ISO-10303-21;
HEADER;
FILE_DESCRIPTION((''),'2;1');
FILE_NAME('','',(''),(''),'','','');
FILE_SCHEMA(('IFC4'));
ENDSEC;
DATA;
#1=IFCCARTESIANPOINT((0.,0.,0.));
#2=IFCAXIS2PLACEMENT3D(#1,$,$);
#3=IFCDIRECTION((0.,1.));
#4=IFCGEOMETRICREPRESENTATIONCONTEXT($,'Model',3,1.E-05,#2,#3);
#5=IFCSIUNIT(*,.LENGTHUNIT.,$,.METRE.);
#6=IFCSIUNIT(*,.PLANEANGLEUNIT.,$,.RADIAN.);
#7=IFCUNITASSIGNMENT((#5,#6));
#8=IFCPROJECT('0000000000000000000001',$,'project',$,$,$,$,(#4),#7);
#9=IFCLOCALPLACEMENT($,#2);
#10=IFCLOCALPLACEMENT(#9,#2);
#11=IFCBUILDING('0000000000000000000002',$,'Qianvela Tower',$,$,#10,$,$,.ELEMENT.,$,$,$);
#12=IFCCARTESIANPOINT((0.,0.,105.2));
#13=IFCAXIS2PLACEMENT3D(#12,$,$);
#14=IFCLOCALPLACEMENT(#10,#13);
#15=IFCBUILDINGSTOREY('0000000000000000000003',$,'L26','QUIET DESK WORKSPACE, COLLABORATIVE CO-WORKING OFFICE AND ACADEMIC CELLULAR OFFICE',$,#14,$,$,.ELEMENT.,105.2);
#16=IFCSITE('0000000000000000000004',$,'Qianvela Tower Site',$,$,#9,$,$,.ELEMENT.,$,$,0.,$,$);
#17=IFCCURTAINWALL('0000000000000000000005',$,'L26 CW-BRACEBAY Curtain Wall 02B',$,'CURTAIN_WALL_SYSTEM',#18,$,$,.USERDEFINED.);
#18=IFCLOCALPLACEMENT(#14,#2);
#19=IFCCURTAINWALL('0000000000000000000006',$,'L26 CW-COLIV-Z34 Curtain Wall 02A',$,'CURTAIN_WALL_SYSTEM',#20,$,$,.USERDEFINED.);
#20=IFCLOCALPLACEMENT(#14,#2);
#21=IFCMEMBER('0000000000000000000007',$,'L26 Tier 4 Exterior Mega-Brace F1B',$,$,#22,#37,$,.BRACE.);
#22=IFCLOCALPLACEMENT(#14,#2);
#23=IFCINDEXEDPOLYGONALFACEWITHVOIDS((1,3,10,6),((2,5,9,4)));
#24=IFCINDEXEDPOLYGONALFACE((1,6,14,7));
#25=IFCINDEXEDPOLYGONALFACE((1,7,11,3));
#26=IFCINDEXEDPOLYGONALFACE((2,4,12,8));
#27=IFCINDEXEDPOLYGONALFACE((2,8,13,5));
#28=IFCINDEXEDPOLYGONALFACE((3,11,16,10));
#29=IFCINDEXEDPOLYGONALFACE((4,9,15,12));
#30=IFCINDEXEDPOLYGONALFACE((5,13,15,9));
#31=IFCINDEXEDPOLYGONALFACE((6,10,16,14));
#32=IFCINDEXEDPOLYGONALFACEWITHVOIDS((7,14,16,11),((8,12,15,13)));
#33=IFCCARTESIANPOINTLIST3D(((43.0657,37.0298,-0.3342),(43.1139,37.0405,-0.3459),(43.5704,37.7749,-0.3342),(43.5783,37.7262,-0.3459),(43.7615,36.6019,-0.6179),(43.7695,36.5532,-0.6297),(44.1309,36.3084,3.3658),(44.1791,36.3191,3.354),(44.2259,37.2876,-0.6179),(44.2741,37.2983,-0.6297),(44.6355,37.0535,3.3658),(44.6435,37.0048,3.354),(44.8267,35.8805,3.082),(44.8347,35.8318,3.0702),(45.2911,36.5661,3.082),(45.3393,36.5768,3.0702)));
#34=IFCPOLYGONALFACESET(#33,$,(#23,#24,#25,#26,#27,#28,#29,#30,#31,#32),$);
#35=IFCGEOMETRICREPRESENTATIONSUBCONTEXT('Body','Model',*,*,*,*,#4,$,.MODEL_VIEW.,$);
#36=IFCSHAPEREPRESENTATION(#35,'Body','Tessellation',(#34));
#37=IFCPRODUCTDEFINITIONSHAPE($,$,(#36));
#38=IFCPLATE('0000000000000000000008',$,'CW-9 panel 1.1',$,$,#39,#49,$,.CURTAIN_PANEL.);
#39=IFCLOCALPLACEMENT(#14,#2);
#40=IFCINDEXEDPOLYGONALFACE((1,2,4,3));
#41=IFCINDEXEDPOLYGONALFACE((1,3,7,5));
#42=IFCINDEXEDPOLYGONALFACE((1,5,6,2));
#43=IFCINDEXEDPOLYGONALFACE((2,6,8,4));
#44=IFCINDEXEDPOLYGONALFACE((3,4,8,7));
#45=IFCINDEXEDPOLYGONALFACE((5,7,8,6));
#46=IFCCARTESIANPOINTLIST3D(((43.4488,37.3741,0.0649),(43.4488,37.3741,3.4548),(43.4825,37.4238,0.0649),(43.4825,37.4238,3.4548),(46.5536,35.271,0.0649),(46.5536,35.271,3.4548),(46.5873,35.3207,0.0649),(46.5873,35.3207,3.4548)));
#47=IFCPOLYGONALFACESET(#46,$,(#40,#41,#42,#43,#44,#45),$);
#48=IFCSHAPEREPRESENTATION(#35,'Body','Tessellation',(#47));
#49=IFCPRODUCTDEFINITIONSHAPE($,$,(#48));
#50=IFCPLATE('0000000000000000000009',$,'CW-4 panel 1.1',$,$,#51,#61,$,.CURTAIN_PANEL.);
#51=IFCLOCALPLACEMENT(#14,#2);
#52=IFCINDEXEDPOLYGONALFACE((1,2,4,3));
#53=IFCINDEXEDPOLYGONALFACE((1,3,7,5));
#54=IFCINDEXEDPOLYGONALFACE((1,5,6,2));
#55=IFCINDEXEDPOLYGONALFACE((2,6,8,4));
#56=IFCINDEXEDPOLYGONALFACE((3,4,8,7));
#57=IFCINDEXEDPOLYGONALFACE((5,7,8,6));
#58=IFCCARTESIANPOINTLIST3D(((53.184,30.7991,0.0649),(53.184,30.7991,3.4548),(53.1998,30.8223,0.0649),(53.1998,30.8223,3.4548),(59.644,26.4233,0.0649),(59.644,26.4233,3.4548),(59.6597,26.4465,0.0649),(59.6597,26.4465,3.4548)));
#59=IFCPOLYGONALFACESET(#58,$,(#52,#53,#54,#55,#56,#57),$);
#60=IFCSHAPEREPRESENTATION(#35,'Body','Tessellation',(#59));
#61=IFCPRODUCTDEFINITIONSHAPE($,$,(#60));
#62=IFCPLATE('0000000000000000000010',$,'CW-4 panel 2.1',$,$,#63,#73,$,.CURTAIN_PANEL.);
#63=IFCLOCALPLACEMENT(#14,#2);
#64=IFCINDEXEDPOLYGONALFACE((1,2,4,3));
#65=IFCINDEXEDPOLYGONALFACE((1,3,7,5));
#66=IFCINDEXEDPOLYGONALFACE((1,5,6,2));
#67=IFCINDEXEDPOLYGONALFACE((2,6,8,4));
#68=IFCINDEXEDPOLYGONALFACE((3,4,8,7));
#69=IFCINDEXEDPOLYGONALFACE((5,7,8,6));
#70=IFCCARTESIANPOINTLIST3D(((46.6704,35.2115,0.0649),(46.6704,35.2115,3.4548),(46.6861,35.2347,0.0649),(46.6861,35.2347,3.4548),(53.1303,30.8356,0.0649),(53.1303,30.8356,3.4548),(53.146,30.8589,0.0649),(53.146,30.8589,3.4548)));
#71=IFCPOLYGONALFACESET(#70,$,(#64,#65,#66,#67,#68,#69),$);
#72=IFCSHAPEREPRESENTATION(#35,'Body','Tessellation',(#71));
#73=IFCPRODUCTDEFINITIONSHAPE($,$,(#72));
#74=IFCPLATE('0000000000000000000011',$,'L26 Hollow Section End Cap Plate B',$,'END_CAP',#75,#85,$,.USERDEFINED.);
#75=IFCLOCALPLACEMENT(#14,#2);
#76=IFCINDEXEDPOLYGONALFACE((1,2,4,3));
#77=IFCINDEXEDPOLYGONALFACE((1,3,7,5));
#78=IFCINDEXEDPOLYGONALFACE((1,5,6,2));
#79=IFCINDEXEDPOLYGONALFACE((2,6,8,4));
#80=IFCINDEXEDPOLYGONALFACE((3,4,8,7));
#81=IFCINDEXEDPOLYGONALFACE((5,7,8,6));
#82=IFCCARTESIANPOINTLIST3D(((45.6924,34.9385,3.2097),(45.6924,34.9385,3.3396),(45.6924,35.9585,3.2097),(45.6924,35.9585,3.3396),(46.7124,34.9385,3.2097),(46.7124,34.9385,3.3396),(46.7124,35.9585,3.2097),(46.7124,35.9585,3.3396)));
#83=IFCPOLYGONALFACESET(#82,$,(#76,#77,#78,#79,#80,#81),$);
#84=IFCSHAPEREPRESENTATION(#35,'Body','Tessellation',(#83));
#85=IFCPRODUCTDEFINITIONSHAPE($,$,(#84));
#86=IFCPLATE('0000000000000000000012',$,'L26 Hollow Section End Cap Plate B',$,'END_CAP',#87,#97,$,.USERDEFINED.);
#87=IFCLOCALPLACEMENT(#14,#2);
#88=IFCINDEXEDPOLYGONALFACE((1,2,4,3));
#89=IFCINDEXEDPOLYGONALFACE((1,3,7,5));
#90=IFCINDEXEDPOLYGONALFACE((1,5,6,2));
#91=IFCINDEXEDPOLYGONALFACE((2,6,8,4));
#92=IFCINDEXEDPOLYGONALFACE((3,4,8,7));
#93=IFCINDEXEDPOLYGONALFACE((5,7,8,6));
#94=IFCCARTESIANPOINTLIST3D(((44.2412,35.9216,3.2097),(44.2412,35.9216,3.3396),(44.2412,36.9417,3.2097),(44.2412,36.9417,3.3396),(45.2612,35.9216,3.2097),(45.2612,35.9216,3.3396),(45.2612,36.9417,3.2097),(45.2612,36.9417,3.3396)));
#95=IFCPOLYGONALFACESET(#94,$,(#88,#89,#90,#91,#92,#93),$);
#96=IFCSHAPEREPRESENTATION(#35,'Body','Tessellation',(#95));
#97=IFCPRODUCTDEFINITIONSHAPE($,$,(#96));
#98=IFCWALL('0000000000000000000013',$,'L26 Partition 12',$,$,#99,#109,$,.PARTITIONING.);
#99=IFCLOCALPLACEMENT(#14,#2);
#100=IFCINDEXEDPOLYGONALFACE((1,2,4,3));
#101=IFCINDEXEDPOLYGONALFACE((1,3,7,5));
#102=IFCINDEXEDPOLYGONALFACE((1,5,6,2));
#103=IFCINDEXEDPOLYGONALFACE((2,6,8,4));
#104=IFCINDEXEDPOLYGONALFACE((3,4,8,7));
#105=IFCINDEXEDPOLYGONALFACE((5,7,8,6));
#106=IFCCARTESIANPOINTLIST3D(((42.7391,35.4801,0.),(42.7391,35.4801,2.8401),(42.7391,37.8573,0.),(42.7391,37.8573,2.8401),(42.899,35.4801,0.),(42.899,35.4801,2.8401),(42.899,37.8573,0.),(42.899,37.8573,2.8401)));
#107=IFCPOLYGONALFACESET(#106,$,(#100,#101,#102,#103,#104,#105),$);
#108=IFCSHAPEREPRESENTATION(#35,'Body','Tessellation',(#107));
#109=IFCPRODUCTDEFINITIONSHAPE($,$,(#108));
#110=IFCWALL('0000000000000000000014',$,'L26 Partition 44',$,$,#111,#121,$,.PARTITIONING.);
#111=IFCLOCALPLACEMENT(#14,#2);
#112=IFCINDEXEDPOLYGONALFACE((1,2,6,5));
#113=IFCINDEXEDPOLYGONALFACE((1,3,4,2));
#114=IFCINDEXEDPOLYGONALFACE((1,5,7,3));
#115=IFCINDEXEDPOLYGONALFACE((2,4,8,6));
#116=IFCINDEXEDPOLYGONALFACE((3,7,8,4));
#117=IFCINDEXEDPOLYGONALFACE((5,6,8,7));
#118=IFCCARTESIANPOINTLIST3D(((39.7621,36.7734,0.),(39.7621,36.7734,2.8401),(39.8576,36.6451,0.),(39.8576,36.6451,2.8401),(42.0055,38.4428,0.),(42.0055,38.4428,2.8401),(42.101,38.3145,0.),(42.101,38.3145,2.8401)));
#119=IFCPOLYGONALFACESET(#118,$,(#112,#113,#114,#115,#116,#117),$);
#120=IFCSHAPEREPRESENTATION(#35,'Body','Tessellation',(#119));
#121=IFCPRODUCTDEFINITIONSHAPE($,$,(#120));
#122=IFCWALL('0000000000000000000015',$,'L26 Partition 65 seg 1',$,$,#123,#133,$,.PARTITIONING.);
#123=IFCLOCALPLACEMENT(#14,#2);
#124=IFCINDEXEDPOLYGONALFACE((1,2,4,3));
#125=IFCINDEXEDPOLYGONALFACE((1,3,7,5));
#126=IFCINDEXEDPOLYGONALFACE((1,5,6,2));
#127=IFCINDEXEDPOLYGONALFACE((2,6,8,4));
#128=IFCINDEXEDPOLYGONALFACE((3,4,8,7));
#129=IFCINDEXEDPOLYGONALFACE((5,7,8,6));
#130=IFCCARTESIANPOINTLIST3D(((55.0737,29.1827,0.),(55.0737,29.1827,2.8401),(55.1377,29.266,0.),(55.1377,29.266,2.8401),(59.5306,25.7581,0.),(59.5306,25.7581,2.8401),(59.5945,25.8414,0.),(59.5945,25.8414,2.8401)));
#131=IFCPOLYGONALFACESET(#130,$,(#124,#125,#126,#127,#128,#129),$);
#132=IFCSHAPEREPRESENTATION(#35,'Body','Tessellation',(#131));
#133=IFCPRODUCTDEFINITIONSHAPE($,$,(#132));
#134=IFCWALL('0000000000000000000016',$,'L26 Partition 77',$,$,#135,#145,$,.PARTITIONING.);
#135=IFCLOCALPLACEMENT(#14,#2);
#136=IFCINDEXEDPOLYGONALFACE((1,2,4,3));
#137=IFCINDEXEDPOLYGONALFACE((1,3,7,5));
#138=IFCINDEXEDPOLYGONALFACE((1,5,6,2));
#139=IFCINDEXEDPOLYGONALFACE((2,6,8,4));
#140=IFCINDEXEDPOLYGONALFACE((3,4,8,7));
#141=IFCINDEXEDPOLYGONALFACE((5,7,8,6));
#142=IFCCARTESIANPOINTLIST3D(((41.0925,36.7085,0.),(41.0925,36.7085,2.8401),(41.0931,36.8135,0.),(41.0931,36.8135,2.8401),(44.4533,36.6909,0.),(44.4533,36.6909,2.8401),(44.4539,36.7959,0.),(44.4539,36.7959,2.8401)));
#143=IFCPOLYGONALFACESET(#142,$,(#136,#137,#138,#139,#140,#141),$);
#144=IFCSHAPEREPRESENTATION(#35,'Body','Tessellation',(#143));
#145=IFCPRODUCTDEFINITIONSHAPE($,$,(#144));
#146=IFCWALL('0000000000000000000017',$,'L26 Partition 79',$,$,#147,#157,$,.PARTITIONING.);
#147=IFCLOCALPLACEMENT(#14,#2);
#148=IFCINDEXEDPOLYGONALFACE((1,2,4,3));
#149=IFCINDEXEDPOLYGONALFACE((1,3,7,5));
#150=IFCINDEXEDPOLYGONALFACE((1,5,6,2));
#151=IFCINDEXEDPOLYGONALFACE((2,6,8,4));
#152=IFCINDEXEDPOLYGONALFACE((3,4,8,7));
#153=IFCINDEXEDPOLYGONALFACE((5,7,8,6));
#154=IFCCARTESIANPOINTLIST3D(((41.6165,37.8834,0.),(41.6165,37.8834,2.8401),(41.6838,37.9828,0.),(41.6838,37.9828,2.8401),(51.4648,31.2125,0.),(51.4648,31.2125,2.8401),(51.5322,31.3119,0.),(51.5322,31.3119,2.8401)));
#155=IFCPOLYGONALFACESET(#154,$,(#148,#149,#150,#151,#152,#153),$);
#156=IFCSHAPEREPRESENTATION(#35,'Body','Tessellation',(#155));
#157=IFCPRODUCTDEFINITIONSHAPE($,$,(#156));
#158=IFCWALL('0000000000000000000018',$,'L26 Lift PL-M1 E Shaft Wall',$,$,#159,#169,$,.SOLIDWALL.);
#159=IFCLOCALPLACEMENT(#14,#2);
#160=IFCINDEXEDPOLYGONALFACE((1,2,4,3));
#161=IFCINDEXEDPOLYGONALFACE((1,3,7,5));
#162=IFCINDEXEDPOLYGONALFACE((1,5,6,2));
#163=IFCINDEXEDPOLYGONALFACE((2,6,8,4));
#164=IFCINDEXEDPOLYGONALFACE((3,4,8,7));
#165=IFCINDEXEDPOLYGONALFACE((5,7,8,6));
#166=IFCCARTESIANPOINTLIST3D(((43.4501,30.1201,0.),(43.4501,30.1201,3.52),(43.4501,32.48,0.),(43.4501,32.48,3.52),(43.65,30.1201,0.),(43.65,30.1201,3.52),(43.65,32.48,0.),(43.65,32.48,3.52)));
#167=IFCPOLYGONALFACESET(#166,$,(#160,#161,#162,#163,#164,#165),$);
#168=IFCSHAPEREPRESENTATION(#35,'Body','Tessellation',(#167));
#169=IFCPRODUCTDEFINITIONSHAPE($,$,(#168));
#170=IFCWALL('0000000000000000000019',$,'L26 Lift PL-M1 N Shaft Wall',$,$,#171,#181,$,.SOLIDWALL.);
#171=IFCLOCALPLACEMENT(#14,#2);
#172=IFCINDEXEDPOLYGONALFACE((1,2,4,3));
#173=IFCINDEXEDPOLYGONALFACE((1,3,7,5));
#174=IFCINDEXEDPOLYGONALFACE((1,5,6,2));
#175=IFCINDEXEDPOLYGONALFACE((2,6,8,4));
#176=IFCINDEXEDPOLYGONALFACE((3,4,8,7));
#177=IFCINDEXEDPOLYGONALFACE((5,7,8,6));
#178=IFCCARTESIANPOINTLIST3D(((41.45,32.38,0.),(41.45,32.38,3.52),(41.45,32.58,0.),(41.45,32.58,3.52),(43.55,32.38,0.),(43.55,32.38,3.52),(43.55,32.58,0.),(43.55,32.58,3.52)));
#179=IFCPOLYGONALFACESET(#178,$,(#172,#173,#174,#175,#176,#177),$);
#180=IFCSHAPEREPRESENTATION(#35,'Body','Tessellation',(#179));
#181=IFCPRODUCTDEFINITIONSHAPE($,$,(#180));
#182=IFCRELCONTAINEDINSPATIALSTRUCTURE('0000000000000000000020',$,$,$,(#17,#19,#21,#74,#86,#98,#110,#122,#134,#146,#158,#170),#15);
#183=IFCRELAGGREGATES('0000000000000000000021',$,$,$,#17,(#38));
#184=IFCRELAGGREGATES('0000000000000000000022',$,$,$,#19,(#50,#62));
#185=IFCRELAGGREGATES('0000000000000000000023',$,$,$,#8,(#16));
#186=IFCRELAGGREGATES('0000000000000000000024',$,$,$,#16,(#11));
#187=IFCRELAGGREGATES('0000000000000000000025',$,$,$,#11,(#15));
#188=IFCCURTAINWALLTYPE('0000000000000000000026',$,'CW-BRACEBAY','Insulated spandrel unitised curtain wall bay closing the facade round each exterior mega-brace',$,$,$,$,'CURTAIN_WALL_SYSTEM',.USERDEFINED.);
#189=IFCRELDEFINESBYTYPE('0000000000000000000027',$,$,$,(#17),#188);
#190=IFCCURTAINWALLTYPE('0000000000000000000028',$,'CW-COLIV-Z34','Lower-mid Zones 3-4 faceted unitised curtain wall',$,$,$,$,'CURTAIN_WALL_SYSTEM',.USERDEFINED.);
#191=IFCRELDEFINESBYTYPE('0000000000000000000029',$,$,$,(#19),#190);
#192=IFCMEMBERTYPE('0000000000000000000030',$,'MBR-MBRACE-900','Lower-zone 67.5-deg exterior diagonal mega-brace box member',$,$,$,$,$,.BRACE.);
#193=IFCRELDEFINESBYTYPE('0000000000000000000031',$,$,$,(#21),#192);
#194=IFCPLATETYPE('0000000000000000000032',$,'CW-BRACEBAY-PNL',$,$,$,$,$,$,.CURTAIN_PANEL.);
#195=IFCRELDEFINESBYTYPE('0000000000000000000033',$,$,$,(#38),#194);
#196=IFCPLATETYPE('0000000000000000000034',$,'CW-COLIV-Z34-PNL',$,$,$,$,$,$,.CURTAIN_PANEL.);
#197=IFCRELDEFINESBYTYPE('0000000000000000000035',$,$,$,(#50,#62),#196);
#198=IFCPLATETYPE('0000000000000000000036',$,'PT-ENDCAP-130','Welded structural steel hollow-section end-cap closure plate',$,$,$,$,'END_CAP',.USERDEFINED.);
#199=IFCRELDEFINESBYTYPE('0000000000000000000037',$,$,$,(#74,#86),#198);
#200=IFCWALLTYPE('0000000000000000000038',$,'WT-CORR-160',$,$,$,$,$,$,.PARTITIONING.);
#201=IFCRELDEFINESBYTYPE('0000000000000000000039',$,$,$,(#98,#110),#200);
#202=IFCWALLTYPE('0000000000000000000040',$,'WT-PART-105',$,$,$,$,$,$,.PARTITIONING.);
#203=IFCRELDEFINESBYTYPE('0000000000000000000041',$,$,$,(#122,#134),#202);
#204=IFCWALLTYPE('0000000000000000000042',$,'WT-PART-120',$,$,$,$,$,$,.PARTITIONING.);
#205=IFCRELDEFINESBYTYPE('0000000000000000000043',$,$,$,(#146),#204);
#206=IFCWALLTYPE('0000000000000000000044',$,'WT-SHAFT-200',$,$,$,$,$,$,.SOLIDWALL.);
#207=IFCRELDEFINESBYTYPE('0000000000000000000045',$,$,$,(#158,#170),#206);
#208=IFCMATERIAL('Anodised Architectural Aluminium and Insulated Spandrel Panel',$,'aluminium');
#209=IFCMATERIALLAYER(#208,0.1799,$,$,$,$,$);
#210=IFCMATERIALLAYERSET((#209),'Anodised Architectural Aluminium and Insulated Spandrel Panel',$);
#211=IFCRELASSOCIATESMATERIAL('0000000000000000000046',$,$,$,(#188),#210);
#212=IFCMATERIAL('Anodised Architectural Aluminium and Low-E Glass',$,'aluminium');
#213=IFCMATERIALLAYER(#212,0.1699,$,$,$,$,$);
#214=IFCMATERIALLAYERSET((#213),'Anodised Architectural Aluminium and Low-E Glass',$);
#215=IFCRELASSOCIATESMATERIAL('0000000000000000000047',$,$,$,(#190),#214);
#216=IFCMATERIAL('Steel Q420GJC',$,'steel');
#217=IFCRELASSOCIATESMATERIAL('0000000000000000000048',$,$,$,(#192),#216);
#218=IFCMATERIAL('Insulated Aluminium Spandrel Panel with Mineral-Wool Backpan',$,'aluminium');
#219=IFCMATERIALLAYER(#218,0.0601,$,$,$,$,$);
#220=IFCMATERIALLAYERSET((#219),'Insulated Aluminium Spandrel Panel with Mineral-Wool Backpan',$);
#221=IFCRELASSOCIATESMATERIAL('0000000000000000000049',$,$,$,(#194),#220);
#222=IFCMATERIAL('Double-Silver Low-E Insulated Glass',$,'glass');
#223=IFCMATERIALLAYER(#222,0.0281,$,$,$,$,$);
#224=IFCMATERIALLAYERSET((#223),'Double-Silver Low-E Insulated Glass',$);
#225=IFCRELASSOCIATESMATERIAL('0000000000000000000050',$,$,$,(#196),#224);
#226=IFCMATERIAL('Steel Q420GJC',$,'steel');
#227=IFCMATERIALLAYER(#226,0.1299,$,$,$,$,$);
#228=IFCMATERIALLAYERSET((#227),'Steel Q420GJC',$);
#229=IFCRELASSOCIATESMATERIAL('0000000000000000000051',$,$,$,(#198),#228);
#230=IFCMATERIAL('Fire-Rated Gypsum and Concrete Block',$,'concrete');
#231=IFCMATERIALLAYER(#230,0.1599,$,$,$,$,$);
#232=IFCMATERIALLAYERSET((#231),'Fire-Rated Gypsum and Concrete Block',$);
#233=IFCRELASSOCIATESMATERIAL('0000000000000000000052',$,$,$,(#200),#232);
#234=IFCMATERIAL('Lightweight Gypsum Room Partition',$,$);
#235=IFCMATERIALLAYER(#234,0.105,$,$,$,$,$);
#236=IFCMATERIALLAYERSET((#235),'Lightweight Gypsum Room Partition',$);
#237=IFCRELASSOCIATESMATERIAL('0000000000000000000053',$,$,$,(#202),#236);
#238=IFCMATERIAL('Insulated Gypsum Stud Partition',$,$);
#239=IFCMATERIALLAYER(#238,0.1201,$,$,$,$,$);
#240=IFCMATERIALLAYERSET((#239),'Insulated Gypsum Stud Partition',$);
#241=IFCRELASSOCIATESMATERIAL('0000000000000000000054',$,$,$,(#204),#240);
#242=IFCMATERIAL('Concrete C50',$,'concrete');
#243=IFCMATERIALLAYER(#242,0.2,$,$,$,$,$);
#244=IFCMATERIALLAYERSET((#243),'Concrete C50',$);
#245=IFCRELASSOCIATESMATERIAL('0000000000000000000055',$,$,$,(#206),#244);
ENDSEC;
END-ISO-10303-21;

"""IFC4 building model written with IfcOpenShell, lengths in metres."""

from ifc_helpers import new_model, si_unit, direction, frame, frame_2d, origin, origin_2d, place, context, subcontext, project, spatial, rectangle, hollow_rectangle, extrude, material, layer, layer_set, material_profile, profile_set, type_object, element, aggregate, save


model = new_model("IFC4")

# Units and contexts
model_context = context("Model", 3, precision=1e-05, world=origin(), true_north=direction((0.0, 1.0)))
body_context = subcontext(model_context, "Body", "Model", "MODEL_VIEW")
ifc_project = project(units=[si_unit("LENGTHUNIT", "METRE"), si_unit("PLANEANGLEUNIT", "RADIAN")], contexts=[model_context])

# Site, building, storey
site_placement = place(None, origin())
site = spatial("IfcSite", under=ifc_project, at=site_placement, Name="Qianvela Tower Site", CompositionType="ELEMENT", RefElevation=0.0)
building_placement = place(site_placement, origin())
building = spatial("IfcBuilding", under=site, at=building_placement, Name="Qianvela Tower", CompositionType="ELEMENT")
storey_placement = place(building_placement, frame((0.0, 0.0, 105.2)))
storey = spatial("IfcBuildingStorey", under=building, at=storey_placement, Name="L26", Description="QUIET DESK WORKSPACE, COLLABORATIVE CO-WORKING OFFICE AND ACADEMIC CELLULAR OFFICE", CompositionType="ELEMENT", Elevation=105.2)

# Curtain walls
ifc_material_1 = material(Name="Anodised Architectural Aluminium and Insulated Spandrel Panel", Category="aluminium")
ifc_layer_1 = layer(ifc_material_1, 0.1799)
ifc_layer_set_1 = layer_set([ifc_layer_1], Name="Anodised Architectural Aluminium and Insulated Spandrel Panel")
curtain_wall_type_1 = type_object("IfcCurtainWallType", Name="CW-BRACEBAY", Description="Insulated spandrel unitised curtain wall bay closing the facade round each exterior mega-brace", ElementType="CURTAIN_WALL_SYSTEM", PredefinedType="USERDEFINED", material=ifc_layer_set_1)
curtain_wall_1_placement = place(storey_placement, origin())
curtain_wall_1 = element("IfcCurtainWall", 1, at=curtain_wall_1_placement, inside=storey, type_object=curtain_wall_type_1, Name="L26 CW-BRACEBAY Curtain Wall 02B", ObjectType="CURTAIN_WALL_SYSTEM", PredefinedType="USERDEFINED")
ifc_material_2 = material(Name="Anodised Architectural Aluminium and Low-E Glass", Category="aluminium")
ifc_layer_2 = layer(ifc_material_2, 0.1699)
ifc_layer_set_2 = layer_set([ifc_layer_2], Name="Anodised Architectural Aluminium and Low-E Glass")
curtain_wall_type_2 = type_object("IfcCurtainWallType", Name="CW-COLIV-Z34", Description="Lower-mid Zones 3-4 faceted unitised curtain wall", ElementType="CURTAIN_WALL_SYSTEM", PredefinedType="USERDEFINED", material=ifc_layer_set_2)
curtain_wall_2_placement = place(storey_placement, origin())
curtain_wall_2 = element("IfcCurtainWall", 2, at=curtain_wall_2_placement, inside=storey, type_object=curtain_wall_type_2, Name="L26 CW-COLIV-Z34 Curtain Wall 02A", ObjectType="CURTAIN_WALL_SYSTEM", PredefinedType="USERDEFINED")

# Member
ifc_material_3 = material(Name="Steel Q420GJC", Category="steel")
ifc_material_profile_1 = material_profile(ifc_material_3, hollow_rectangle(XDim=0.8999, YDim=0.8999, WallThickness=0.0359, at=origin_2d()), Name="MBOX-900x900x36")
ifc_profile_set_1 = profile_set([ifc_material_profile_1], Name="Steel Q420GJC")
member_type_1 = type_object("IfcMemberType", Name="MBR-MBRACE-900", Description="Lower-zone 67.5-deg exterior diagonal mega-brace box member", PredefinedType="BRACE", material=ifc_profile_set_1)
for number, where, z_axis, x_axis, name in (
    (3, (43.6699, 37.1641, -0.4819), (0.271923, -0.18417, 0.944531), (0.560773, 0.82797, 0.0), "L26 Tier 4 Exterior Mega-Brace F1B"),
):
    element("IfcMember", number, at=place(storey_placement, frame(where, z_axis=z_axis, x_axis=x_axis)), inside=storey, type_object=member_type_1, Name=name, PredefinedType="BRACE", context=body_context, shape_type="SweptSolid", body=[
        extrude(hollow_rectangle(XDim=0.8999, YDim=0.8999, WallThickness=0.0359, at=origin_2d()), origin(), (0.0, 0.0, 1.0), 3.9172),
    ])

# Plates
ifc_material_4 = material(Name="Insulated Aluminium Spandrel Panel with Mineral-Wool Backpan", Category="aluminium")
ifc_layer_3 = layer(ifc_material_4, 0.0601)
ifc_layer_set_3 = layer_set([ifc_layer_3], Name="Insulated Aluminium Spandrel Panel with Mineral-Wool Backpan")
plate_type_1 = type_object("IfcPlateType", Name="CW-BRACEBAY-PNL", PredefinedType="CURTAIN_PANEL", material=ifc_layer_set_3)
plate_1_placement = place(storey_placement, frame((45.0181, 36.3474, 0.0649), z_axis=(0.0, 0.0, 1.0), x_axis=(-0.827936, 0.560823, 0.0)))
plate_1 = element("IfcPlate", 4, at=plate_1_placement, type_object=plate_type_1, Name="CW-9 panel 1.1", PredefinedType="CURTAIN_PANEL", context=body_context, shape_type="SweptSolid", body=[
    extrude(rectangle(XDim=3.75, YDim=0.0601, at=origin_2d()), origin(), (0.0, 0.0, 1.0), 3.3899),
])
aggregate(curtain_wall_1, [plate_1])
ifc_material_5 = material(Name="Double-Silver Low-E Insulated Glass", Category="glass")
ifc_layer_4 = layer(ifc_material_5, 0.0281)
ifc_layer_set_4 = layer_set([ifc_layer_4], Name="Double-Silver Low-E Insulated Glass")
plate_type_2 = type_object("IfcPlateType", Name="CW-COLIV-Z34-PNL", PredefinedType="CURTAIN_PANEL", material=ifc_layer_set_4)
plate_2_placement = place(storey_placement, frame((56.4219, 28.6228, 0.0649), z_axis=(0.0, 0.0, 1.0), x_axis=(-0.827933, 0.560827, 0.0)))
plate_2 = element("IfcPlate", 5, at=plate_2_placement, type_object=plate_type_2, Name="CW-4 panel 1.1", PredefinedType="CURTAIN_PANEL", context=body_context, shape_type="SweptSolid", body=[
    extrude(rectangle(XDim=7.8025, YDim=0.0281, at=origin_2d()), origin(), (0.0, 0.0, 1.0), 3.3899),
])
plate_3_placement = place(storey_placement, frame((49.9082, 33.0352, 0.0649), z_axis=(0.0, 0.0, 1.0), x_axis=(-0.827933, 0.560827, 0.0)))
plate_3 = element("IfcPlate", 6, at=plate_3_placement, type_object=plate_type_2, Name="CW-4 panel 2.1", PredefinedType="CURTAIN_PANEL", context=body_context, shape_type="SweptSolid", body=[
    extrude(rectangle(XDim=7.8025, YDim=0.0281, at=origin_2d()), origin(), (0.0, 0.0, 1.0), 3.3899),
])
aggregate(curtain_wall_2, [plate_2, plate_3])

# Plates
ifc_material_6 = material(Name="Steel Q420GJC", Category="steel")
ifc_layer_5 = layer(ifc_material_6, 0.1299)
ifc_layer_set_5 = layer_set([ifc_layer_5], Name="Steel Q420GJC")
plate_type_3 = type_object("IfcPlateType", Name="PT-ENDCAP-130", Description="Welded structural steel hollow-section end-cap closure plate", ElementType="END_CAP", PredefinedType="USERDEFINED", material=ifc_layer_set_5)
for number, where, z_axis, x_axis, name in (
    (7, (46.2024, 35.4485, 3.2097), (0.0, 0.0, 1.0), (1.0, 0.0, 0.0), "L26 Hollow Section End Cap Plate B"),
    (8, (44.7512, 36.4316, 3.2097), (0.0, 0.0, 1.0), (1.0, 0.0, 0.0), "L26 Hollow Section End Cap Plate B"),
):
    element("IfcPlate", number, at=place(storey_placement, frame(where, z_axis=z_axis, x_axis=x_axis)), inside=storey, type_object=plate_type_3, Name=name, ObjectType="END_CAP", PredefinedType="USERDEFINED", context=body_context, shape_type="SweptSolid", body=[
        extrude(rectangle(XDim=1.02, YDim=1.02, at=origin_2d()), origin(), (0.0, 0.0, 1.0), 0.1299),
    ])

# Walls
ifc_material_7 = material(Name="Fire-Rated Gypsum and Concrete Block", Category="concrete")
ifc_layer_6 = layer(ifc_material_7, 0.1599)
ifc_layer_set_6 = layer_set([ifc_layer_6], Name="Fire-Rated Gypsum and Concrete Block")
wall_type_1 = type_object("IfcWallType", Name="WT-CORR-160", PredefinedType="PARTITIONING", material=ifc_layer_set_6)
wall_1_placement = place(storey_placement, frame((42.8191, 37.8572, 0.0), z_axis=(0.0, 0.0, 1.0), x_axis=(0.0, -1.0, 0.0)))
element("IfcWall", 9, at=wall_1_placement, inside=storey, type_object=wall_type_1, Name="L26 Partition 12", PredefinedType="PARTITIONING", context=body_context, shape_type="SweptSolid", body=[
    extrude(rectangle(XDim=2.3772, YDim=0.1599, at=frame_2d((1.1885, 0.0))), origin(), (0.0, 0.0, 1.0), 2.8401),
])
wall_2_placement = place(storey_placement, frame((42.0532, 38.3787, 0.0), z_axis=(0.0, 0.0, 1.0), x_axis=(-0.802247, -0.596992, 0.0)))
element("IfcWall", 10, at=wall_2_placement, inside=storey, type_object=wall_type_1, Name="L26 Partition 44", PredefinedType="PARTITIONING", context=body_context, shape_type="SweptSolid", body=[
    extrude(rectangle(XDim=2.7964, YDim=0.1599, at=frame_2d((1.3982, 0.0))), origin(), (0.0, 0.0, 1.0), 2.8401),
])
ifc_material_8 = material(Name="Lightweight Gypsum Room Partition")
ifc_layer_7 = layer(ifc_material_8, 0.105)
ifc_layer_set_7 = layer_set([ifc_layer_7], Name="Lightweight Gypsum Room Partition")
wall_type_2 = type_object("IfcWallType", Name="WT-PART-105", PredefinedType="PARTITIONING", material=ifc_layer_set_7)
wall_3_placement = place(storey_placement, frame((55.1057, 29.2244, 0.0), z_axis=(0.0, 0.0, 1.0), x_axis=(0.792945, -0.609293, 0.0)))
element("IfcWall", 11, at=wall_3_placement, inside=storey, type_object=wall_type_2, Name="L26 Partition 65 seg 1", PredefinedType="PARTITIONING", context=body_context, shape_type="SweptSolid", body=[
    extrude(rectangle(XDim=5.6206, YDim=0.105, at=frame_2d((2.8103, 0.0))), origin(), (0.0, 0.0, 1.0), 2.8401),
])
wall_4_placement = place(storey_placement, frame((44.4536, 36.7434, 0.0), z_axis=(0.0, 0.0, 1.0), x_axis=(-0.999986, 0.00523, 0.0)))
element("IfcWall", 12, at=wall_4_placement, inside=storey, type_object=wall_type_2, Name="L26 Partition 77", PredefinedType="PARTITIONING", context=body_context, shape_type="SweptSolid", body=[
    extrude(rectangle(XDim=3.3608, YDim=0.105, at=frame_2d((1.6804, 0.0))), origin(), (0.0, 0.0, 1.0), 2.8401),
])
ifc_material_9 = material(Name="Insulated Gypsum Stud Partition")
ifc_layer_8 = layer(ifc_material_9, 0.1201)
ifc_layer_set_8 = layer_set([ifc_layer_8], Name="Insulated Gypsum Stud Partition")
wall_type_3 = type_object("IfcWallType", Name="WT-PART-120", PredefinedType="PARTITIONING", material=ifc_layer_set_8)
wall_5_placement = place(storey_placement, frame((41.6501, 37.9331, 0.0), z_axis=(0.0, 0.0, 1.0), x_axis=(0.827942, -0.560814, 0.0)))
element("IfcWall", 13, at=wall_5_placement, inside=storey, type_object=wall_type_3, Name="L26 Partition 79", PredefinedType="PARTITIONING", context=body_context, shape_type="SweptSolid", body=[
    extrude(rectangle(XDim=11.895, YDim=0.1201, at=frame_2d((5.9475, 0.0))), origin(), (0.0, 0.0, 1.0), 2.8401),
])
ifc_material_10 = material(Name="Concrete C50", Category="concrete")
ifc_layer_9 = layer(ifc_material_10, 0.2)
ifc_layer_set_9 = layer_set([ifc_layer_9], Name="Concrete C50")
wall_type_4 = type_object("IfcWallType", Name="WT-SHAFT-200", PredefinedType="SOLIDWALL", material=ifc_layer_set_9)
wall_6_placement = place(storey_placement, frame((43.55, 30.1201, 0.0), z_axis=(0.0, 0.0, 1.0), x_axis=(0.0, 1.0, 0.0)))
element("IfcWall", 14, at=wall_6_placement, inside=storey, type_object=wall_type_4, Name="L26 Lift PL-M1 E Shaft Wall", PredefinedType="SOLIDWALL", context=body_context, shape_type="SweptSolid", body=[
    extrude(rectangle(XDim=2.3599, YDim=0.2, at=frame_2d((1.1799, 0.0))), origin(), (0.0, 0.0, 1.0), 3.52),
])
for number, where, z_axis, x_axis, name in (
    (15, (41.45, 32.48, 0.0), (0.0, 0.0, 1.0), (1.0, 0.0, 0.0), "L26 Lift PL-M1 N Shaft Wall"),
):
    element("IfcWall", number, at=place(storey_placement, frame(where, z_axis=z_axis, x_axis=x_axis)), inside=storey, type_object=wall_type_4, Name=name, PredefinedType="SOLIDWALL", context=body_context, shape_type="SweptSolid", body=[
        extrude(rectangle(XDim=2.1001, YDim=0.2, at=frame_2d((1.05, 0.0))), origin(), (0.0, 0.0, 1.0), 3.52),
    ])

save(model, "model.ifc")
